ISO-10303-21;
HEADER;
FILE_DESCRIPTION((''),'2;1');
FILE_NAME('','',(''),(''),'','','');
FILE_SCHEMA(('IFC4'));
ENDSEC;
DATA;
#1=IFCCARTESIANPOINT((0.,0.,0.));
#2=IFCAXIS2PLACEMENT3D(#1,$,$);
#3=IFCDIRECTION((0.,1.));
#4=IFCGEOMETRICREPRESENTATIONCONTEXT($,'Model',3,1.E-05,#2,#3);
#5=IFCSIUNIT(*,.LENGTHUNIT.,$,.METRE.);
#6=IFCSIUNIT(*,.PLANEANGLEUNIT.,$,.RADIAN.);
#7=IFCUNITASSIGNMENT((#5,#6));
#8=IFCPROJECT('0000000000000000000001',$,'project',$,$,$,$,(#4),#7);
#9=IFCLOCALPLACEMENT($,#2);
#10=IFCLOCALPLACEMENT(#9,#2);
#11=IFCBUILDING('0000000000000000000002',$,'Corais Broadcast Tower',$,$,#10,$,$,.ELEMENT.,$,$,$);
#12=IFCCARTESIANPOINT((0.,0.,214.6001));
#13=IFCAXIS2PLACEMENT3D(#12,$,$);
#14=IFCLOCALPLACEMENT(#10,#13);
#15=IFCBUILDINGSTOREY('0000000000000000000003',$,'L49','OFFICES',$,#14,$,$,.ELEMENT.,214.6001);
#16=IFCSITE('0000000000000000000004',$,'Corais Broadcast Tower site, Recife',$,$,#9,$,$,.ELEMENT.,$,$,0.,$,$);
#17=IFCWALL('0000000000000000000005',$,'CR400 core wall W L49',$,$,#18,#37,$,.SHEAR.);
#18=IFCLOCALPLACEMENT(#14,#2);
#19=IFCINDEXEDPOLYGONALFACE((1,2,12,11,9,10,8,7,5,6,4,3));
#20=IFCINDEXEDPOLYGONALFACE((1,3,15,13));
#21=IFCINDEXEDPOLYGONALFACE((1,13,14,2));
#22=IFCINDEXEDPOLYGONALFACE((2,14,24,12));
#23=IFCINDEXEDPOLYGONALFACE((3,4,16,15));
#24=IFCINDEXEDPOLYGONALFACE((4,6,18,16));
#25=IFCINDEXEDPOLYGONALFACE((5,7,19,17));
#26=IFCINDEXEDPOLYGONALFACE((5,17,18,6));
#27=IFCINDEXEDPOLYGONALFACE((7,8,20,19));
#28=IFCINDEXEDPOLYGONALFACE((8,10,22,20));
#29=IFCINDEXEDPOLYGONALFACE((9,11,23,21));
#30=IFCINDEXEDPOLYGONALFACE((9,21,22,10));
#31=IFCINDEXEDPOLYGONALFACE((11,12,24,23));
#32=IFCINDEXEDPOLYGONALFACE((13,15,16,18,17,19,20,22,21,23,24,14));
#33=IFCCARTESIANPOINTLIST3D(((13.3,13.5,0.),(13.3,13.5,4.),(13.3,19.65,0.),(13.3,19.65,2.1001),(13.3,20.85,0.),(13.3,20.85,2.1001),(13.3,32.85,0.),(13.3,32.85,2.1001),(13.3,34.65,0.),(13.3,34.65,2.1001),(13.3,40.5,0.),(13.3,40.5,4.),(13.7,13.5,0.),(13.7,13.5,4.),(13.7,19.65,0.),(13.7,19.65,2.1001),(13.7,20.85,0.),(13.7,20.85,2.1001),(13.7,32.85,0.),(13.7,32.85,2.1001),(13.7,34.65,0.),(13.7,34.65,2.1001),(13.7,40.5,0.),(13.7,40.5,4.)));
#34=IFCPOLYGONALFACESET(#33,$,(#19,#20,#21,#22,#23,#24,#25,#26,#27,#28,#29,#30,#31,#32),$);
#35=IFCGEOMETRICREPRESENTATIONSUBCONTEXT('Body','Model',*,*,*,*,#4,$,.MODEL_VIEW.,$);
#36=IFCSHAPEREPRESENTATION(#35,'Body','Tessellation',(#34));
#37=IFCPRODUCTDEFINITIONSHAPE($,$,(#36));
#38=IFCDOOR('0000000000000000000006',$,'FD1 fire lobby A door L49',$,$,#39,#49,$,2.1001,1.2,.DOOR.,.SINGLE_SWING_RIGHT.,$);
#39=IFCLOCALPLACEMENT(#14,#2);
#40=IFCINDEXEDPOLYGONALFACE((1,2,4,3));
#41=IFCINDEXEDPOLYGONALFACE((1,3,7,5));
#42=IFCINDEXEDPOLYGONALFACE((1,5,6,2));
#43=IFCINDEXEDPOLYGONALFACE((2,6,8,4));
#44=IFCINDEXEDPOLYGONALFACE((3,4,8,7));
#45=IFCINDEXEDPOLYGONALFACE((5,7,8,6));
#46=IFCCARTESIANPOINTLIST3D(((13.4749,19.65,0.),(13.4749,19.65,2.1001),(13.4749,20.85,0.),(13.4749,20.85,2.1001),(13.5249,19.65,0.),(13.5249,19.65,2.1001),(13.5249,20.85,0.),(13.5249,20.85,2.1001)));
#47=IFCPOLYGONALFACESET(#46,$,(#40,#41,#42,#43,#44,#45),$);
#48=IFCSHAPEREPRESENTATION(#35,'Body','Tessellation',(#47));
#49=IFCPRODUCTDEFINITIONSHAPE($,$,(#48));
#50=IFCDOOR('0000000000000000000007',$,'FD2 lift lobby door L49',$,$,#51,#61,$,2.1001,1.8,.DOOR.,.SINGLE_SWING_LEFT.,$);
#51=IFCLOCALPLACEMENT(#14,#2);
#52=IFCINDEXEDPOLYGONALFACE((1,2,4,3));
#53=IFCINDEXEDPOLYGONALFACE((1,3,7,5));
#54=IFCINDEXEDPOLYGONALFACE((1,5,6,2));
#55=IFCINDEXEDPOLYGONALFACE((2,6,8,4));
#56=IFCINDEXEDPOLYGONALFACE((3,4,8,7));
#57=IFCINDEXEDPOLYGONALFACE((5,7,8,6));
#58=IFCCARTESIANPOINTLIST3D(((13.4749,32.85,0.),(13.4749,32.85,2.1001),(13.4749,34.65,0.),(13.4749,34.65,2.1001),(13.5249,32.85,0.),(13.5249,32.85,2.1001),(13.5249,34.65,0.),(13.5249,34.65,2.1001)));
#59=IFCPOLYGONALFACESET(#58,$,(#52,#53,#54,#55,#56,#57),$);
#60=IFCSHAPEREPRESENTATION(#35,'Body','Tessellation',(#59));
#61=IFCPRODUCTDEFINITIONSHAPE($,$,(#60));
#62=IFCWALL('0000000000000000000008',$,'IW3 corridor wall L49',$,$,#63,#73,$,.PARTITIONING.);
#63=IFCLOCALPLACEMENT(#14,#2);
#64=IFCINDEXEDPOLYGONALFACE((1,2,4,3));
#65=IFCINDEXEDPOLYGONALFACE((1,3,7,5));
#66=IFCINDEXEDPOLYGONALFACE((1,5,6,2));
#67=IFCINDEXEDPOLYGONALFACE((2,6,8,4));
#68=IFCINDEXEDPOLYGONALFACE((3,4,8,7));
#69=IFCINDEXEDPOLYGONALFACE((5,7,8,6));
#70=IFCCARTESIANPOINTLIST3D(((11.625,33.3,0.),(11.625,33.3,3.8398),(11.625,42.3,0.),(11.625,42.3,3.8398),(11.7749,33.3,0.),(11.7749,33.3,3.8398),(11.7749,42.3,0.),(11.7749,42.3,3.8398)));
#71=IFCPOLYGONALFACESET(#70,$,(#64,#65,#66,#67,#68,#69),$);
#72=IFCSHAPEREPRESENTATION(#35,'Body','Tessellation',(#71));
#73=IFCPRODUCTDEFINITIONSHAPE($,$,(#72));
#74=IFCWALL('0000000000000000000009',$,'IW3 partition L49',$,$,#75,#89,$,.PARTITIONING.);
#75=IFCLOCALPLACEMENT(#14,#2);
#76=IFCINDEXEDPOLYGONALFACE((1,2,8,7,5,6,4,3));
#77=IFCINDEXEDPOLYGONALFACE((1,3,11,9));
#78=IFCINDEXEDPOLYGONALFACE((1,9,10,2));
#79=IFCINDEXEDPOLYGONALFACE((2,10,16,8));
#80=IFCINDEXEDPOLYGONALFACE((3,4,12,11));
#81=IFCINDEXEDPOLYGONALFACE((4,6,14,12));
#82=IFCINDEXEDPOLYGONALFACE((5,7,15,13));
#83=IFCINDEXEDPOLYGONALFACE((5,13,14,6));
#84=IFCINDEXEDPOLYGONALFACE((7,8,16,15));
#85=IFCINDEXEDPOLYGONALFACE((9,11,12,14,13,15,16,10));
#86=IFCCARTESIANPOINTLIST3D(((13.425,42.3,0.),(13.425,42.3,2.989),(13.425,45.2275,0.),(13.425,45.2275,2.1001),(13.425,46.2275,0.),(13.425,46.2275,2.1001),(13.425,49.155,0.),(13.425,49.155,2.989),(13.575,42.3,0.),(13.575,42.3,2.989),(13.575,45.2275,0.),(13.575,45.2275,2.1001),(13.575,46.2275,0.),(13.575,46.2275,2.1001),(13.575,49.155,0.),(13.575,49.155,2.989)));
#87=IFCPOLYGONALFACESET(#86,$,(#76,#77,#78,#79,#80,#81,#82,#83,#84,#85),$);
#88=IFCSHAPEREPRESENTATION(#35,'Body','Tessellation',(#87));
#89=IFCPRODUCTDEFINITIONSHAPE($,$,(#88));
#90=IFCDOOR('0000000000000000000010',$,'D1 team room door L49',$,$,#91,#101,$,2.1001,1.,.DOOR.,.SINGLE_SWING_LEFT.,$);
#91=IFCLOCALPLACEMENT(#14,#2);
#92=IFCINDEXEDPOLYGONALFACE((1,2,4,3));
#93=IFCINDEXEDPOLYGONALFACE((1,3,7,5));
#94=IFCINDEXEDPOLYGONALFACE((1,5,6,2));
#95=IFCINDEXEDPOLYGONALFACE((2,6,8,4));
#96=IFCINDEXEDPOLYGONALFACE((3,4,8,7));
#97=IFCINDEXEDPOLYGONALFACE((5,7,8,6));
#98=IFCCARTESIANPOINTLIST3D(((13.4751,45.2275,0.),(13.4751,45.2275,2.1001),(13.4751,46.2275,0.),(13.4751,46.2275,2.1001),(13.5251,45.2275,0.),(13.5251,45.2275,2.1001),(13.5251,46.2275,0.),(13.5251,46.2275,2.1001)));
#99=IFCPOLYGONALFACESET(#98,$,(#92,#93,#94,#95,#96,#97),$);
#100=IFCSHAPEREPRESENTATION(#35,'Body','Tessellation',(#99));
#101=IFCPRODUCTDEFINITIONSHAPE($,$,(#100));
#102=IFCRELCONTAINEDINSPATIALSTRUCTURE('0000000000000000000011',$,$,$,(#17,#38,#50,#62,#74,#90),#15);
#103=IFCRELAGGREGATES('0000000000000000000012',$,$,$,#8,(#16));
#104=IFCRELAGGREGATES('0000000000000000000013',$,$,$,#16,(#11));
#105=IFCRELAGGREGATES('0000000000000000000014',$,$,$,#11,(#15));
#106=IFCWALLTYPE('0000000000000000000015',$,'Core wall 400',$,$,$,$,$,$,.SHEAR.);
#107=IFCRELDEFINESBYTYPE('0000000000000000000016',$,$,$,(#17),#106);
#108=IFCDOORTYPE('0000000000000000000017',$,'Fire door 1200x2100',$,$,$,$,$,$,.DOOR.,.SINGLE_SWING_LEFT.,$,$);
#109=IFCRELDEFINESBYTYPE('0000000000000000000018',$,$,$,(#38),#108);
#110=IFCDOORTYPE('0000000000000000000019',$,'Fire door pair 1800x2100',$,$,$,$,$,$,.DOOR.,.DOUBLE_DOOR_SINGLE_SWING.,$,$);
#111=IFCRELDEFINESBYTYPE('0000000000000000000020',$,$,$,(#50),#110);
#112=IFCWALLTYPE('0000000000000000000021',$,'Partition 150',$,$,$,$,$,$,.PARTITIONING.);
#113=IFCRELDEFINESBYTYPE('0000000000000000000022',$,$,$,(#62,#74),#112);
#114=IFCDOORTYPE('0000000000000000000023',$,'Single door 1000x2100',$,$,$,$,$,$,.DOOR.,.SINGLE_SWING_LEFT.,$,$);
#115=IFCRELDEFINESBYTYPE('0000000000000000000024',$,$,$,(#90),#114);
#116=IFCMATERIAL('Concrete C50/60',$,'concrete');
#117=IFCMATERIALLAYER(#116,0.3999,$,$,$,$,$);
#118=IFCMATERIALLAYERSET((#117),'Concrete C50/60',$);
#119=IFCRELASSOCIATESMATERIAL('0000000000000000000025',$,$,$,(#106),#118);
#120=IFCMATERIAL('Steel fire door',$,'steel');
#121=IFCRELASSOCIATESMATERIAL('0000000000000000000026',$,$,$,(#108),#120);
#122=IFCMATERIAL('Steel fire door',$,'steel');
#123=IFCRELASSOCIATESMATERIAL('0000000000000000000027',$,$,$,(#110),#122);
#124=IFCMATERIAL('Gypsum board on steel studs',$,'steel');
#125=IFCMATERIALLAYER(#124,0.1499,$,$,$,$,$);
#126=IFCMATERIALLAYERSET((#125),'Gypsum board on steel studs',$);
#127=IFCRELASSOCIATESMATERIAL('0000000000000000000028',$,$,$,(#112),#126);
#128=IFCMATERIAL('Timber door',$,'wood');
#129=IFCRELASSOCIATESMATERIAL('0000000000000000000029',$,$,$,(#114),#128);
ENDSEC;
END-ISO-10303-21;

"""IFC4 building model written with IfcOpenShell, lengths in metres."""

from ifc_helpers import new_model, si_unit, direction, frame, frame_2d, origin, place, context, subcontext, project, spatial, rectangle, extrude, material, layer, layer_set, type_object, element, fill, save


model = new_model("IFC4")

# Units and contexts
model_context = context("Model", 3, precision=1e-05, world=origin(), true_north=direction((0.0, 1.0)))
body_context = subcontext(model_context, "Body", "Model", "MODEL_VIEW")
ifc_project = project(units=[si_unit("LENGTHUNIT", "METRE"), si_unit("PLANEANGLEUNIT", "RADIAN")], contexts=[model_context])

# Site, building, storey
site_placement = place(None, origin())
site = spatial("IfcSite", under=ifc_project, at=site_placement, Name="Corais Broadcast Tower site, Recife", CompositionType="ELEMENT", RefElevation=0.0)
building_placement = place(site_placement, origin())
building = spatial("IfcBuilding", under=site, at=building_placement, Name="Corais Broadcast Tower", CompositionType="ELEMENT")
storey_placement = place(building_placement, frame((0.0, 0.0, 214.6001)))
storey = spatial("IfcBuildingStorey", under=building, at=storey_placement, Name="L49", Description="OFFICES", CompositionType="ELEMENT", Elevation=214.6001)

# Wall, openings, doors
ifc_material_1 = material(Name="Concrete C50/60", Category="concrete")
ifc_layer_1 = layer(ifc_material_1, 0.3999)
ifc_layer_set_1 = layer_set([ifc_layer_1], Name="Concrete C50/60")
wall_type_1 = type_object("IfcWallType", Name="Core wall 400", PredefinedType="SHEAR", material=ifc_layer_set_1)
wall_1_placement = place(storey_placement, frame((13.5, 40.5, 0.0), z_axis=(0.0, 0.0, 1.0), x_axis=(0.0, -1.0, 0.0)))
wall_1 = element("IfcWall", 1, at=wall_1_placement, inside=storey, type_object=wall_type_1, Name="CR400 core wall W L49", PredefinedType="SHEAR", context=body_context, shape_type="SweptSolid", body=[
    extrude(rectangle(XDim=27.0, YDim=0.3999, at=frame_2d((13.5, 0.0))), origin(), (0.0, 0.0, 1.0), 4.0),
])
opening_1_placement = place(wall_1_placement, frame((19.6499, 0.0, 0.0)))
opening_1 = element("IfcOpeningElement", 2, at=opening_1_placement, cuts=wall_1, PredefinedType="OPENING", context=body_context, shape_type="SweptSolid", body=[
    extrude(rectangle(XDim=1.2, YDim=2.1001, at=frame_2d((0.6001, 1.05))), frame((0.0, 0.21, 0.0), z_axis=(0.0, -1.0, 0.0), x_axis=(1.0, 0.0, 0.0)), (0.0, 0.0, 1.0), 0.4199),
])
opening_2_placement = place(wall_1_placement, frame((5.8501, 0.0, 0.0)))
opening_2 = element("IfcOpeningElement", 3, at=opening_2_placement, cuts=wall_1, PredefinedType="OPENING", context=body_context, shape_type="SweptSolid", body=[
    extrude(rectangle(XDim=1.8, YDim=2.1001, at=frame_2d((0.8999, 1.05))), frame((0.0, 0.21, 0.0), z_axis=(0.0, -1.0, 0.0), x_axis=(1.0, 0.0, 0.0)), (0.0, 0.0, 1.0), 0.4199),
])
ifc_material_2 = material(Name="Steel fire door", Category="steel")
door_type_1 = type_object("IfcDoorType", Name="Fire door 1200x2100", OperationType="SINGLE_SWING_LEFT", PredefinedType="DOOR", material=ifc_material_2)
door_1_placement = place(opening_1_placement, origin())
door_1 = element("IfcDoor", 4, at=door_1_placement, inside=storey, type_object=door_type_1, Name="FD1 fire lobby A door L49", OperationType="SINGLE_SWING_RIGHT", OverallHeight=2.1001, OverallWidth=1.2, PredefinedType="DOOR", context=body_context, shape_type="SweptSolid", body=[
    extrude(rectangle(XDim=1.2, YDim=2.1001, at=frame_2d((0.6001, 1.05))), frame((0.0, 0.0249, 0.0), z_axis=(0.0, -1.0, 0.0), x_axis=(1.0, 0.0, 0.0)), (0.0, 0.0, 1.0), 0.05),
])
fill(opening_1, door_1)
ifc_material_3 = material(Name="Steel fire door", Category="steel")
door_type_2 = type_object("IfcDoorType", Name="Fire door pair 1800x2100", OperationType="DOUBLE_DOOR_SINGLE_SWING", PredefinedType="DOOR", material=ifc_material_3)
door_2_placement = place(opening_2_placement, origin())
door_2 = element("IfcDoor", 5, at=door_2_placement, inside=storey, type_object=door_type_2, Name="FD2 lift lobby door L49", OperationType="SINGLE_SWING_LEFT", OverallHeight=2.1001, OverallWidth=1.8, PredefinedType="DOOR", context=body_context, shape_type="SweptSolid", body=[
    extrude(rectangle(XDim=1.8, YDim=2.1001, at=frame_2d((0.8999, 1.05))), frame((0.0, 0.0249, 0.0), z_axis=(0.0, -1.0, 0.0), x_axis=(1.0, 0.0, 0.0)), (0.0, 0.0, 1.0), 0.05),
])
fill(opening_2, door_2)

# Wall
ifc_material_4 = material(Name="Gypsum board on steel studs", Category="steel")
ifc_layer_2 = layer(ifc_material_4, 0.1499)
ifc_layer_set_2 = layer_set([ifc_layer_2], Name="Gypsum board on steel studs")
wall_type_2 = type_object("IfcWallType", Name="Partition 150", PredefinedType="PARTITIONING", material=ifc_layer_set_2)
wall_2_placement = place(storey_placement, frame((11.7, 42.3, 0.0), z_axis=(0.0, 0.0, 1.0), x_axis=(0.0, -1.0, 0.0)))
element("IfcWall", 6, at=wall_2_placement, inside=storey, type_object=wall_type_2, Name="IW3 corridor wall L49", PredefinedType="PARTITIONING", context=body_context, shape_type="SweptSolid", body=[
    extrude(rectangle(XDim=9.0, YDim=0.1499, at=frame_2d((4.5, 0.0))), origin(), (0.0, 0.0, 1.0), 3.8398),
])

# Wall, opening, door
wall_3_placement = place(storey_placement, frame((13.5, 42.3, 0.0), z_axis=(0.0, 0.0, 1.0), x_axis=(0.0, 1.0, 0.0)))
wall_3 = element("IfcWall", 7, at=wall_3_placement, inside=storey, type_object=wall_type_2, Name="IW3 partition L49", PredefinedType="PARTITIONING", context=body_context, shape_type="SweptSolid", body=[
    extrude(rectangle(XDim=6.855, YDim=0.1499, at=frame_2d((3.4275, 0.0))), origin(), (0.0, 0.0, 1.0), 2.989),
])
opening_3_placement = place(wall_3_placement, frame((2.9275, 0.0, 0.0)))
opening_3 = element("IfcOpeningElement", 8, at=opening_3_placement, cuts=wall_3, PredefinedType="OPENING", context=body_context, shape_type="SweptSolid", body=[
    extrude(rectangle(XDim=1.0, YDim=2.1001, at=frame_2d((0.5, 1.05))), frame((0.0, 0.085, 0.0), z_axis=(0.0, -1.0, 0.0), x_axis=(1.0, 0.0, 0.0)), (0.0, 0.0, 1.0), 0.1699),
])
ifc_material_5 = material(Name="Timber door", Category="wood")
door_type_3 = type_object("IfcDoorType", Name="Single door 1000x2100", OperationType="SINGLE_SWING_LEFT", PredefinedType="DOOR", material=ifc_material_5)
door_3_placement = place(opening_3_placement, origin())
door_3 = element("IfcDoor", 9, at=door_3_placement, inside=storey, type_object=door_type_3, Name="D1 team room door L49", OperationType="SINGLE_SWING_LEFT", OverallHeight=2.1001, OverallWidth=1.0, PredefinedType="DOOR", context=body_context, shape_type="SweptSolid", body=[
    extrude(rectangle(XDim=1.0, YDim=2.1001, at=frame_2d((0.5, 1.05))), frame((0.0, 0.0249, 0.0), z_axis=(0.0, -1.0, 0.0), x_axis=(1.0, 0.0, 0.0)), (0.0, 0.0, 1.0), 0.05),
])
fill(opening_3, door_3)

save(model, "model.ifc")
